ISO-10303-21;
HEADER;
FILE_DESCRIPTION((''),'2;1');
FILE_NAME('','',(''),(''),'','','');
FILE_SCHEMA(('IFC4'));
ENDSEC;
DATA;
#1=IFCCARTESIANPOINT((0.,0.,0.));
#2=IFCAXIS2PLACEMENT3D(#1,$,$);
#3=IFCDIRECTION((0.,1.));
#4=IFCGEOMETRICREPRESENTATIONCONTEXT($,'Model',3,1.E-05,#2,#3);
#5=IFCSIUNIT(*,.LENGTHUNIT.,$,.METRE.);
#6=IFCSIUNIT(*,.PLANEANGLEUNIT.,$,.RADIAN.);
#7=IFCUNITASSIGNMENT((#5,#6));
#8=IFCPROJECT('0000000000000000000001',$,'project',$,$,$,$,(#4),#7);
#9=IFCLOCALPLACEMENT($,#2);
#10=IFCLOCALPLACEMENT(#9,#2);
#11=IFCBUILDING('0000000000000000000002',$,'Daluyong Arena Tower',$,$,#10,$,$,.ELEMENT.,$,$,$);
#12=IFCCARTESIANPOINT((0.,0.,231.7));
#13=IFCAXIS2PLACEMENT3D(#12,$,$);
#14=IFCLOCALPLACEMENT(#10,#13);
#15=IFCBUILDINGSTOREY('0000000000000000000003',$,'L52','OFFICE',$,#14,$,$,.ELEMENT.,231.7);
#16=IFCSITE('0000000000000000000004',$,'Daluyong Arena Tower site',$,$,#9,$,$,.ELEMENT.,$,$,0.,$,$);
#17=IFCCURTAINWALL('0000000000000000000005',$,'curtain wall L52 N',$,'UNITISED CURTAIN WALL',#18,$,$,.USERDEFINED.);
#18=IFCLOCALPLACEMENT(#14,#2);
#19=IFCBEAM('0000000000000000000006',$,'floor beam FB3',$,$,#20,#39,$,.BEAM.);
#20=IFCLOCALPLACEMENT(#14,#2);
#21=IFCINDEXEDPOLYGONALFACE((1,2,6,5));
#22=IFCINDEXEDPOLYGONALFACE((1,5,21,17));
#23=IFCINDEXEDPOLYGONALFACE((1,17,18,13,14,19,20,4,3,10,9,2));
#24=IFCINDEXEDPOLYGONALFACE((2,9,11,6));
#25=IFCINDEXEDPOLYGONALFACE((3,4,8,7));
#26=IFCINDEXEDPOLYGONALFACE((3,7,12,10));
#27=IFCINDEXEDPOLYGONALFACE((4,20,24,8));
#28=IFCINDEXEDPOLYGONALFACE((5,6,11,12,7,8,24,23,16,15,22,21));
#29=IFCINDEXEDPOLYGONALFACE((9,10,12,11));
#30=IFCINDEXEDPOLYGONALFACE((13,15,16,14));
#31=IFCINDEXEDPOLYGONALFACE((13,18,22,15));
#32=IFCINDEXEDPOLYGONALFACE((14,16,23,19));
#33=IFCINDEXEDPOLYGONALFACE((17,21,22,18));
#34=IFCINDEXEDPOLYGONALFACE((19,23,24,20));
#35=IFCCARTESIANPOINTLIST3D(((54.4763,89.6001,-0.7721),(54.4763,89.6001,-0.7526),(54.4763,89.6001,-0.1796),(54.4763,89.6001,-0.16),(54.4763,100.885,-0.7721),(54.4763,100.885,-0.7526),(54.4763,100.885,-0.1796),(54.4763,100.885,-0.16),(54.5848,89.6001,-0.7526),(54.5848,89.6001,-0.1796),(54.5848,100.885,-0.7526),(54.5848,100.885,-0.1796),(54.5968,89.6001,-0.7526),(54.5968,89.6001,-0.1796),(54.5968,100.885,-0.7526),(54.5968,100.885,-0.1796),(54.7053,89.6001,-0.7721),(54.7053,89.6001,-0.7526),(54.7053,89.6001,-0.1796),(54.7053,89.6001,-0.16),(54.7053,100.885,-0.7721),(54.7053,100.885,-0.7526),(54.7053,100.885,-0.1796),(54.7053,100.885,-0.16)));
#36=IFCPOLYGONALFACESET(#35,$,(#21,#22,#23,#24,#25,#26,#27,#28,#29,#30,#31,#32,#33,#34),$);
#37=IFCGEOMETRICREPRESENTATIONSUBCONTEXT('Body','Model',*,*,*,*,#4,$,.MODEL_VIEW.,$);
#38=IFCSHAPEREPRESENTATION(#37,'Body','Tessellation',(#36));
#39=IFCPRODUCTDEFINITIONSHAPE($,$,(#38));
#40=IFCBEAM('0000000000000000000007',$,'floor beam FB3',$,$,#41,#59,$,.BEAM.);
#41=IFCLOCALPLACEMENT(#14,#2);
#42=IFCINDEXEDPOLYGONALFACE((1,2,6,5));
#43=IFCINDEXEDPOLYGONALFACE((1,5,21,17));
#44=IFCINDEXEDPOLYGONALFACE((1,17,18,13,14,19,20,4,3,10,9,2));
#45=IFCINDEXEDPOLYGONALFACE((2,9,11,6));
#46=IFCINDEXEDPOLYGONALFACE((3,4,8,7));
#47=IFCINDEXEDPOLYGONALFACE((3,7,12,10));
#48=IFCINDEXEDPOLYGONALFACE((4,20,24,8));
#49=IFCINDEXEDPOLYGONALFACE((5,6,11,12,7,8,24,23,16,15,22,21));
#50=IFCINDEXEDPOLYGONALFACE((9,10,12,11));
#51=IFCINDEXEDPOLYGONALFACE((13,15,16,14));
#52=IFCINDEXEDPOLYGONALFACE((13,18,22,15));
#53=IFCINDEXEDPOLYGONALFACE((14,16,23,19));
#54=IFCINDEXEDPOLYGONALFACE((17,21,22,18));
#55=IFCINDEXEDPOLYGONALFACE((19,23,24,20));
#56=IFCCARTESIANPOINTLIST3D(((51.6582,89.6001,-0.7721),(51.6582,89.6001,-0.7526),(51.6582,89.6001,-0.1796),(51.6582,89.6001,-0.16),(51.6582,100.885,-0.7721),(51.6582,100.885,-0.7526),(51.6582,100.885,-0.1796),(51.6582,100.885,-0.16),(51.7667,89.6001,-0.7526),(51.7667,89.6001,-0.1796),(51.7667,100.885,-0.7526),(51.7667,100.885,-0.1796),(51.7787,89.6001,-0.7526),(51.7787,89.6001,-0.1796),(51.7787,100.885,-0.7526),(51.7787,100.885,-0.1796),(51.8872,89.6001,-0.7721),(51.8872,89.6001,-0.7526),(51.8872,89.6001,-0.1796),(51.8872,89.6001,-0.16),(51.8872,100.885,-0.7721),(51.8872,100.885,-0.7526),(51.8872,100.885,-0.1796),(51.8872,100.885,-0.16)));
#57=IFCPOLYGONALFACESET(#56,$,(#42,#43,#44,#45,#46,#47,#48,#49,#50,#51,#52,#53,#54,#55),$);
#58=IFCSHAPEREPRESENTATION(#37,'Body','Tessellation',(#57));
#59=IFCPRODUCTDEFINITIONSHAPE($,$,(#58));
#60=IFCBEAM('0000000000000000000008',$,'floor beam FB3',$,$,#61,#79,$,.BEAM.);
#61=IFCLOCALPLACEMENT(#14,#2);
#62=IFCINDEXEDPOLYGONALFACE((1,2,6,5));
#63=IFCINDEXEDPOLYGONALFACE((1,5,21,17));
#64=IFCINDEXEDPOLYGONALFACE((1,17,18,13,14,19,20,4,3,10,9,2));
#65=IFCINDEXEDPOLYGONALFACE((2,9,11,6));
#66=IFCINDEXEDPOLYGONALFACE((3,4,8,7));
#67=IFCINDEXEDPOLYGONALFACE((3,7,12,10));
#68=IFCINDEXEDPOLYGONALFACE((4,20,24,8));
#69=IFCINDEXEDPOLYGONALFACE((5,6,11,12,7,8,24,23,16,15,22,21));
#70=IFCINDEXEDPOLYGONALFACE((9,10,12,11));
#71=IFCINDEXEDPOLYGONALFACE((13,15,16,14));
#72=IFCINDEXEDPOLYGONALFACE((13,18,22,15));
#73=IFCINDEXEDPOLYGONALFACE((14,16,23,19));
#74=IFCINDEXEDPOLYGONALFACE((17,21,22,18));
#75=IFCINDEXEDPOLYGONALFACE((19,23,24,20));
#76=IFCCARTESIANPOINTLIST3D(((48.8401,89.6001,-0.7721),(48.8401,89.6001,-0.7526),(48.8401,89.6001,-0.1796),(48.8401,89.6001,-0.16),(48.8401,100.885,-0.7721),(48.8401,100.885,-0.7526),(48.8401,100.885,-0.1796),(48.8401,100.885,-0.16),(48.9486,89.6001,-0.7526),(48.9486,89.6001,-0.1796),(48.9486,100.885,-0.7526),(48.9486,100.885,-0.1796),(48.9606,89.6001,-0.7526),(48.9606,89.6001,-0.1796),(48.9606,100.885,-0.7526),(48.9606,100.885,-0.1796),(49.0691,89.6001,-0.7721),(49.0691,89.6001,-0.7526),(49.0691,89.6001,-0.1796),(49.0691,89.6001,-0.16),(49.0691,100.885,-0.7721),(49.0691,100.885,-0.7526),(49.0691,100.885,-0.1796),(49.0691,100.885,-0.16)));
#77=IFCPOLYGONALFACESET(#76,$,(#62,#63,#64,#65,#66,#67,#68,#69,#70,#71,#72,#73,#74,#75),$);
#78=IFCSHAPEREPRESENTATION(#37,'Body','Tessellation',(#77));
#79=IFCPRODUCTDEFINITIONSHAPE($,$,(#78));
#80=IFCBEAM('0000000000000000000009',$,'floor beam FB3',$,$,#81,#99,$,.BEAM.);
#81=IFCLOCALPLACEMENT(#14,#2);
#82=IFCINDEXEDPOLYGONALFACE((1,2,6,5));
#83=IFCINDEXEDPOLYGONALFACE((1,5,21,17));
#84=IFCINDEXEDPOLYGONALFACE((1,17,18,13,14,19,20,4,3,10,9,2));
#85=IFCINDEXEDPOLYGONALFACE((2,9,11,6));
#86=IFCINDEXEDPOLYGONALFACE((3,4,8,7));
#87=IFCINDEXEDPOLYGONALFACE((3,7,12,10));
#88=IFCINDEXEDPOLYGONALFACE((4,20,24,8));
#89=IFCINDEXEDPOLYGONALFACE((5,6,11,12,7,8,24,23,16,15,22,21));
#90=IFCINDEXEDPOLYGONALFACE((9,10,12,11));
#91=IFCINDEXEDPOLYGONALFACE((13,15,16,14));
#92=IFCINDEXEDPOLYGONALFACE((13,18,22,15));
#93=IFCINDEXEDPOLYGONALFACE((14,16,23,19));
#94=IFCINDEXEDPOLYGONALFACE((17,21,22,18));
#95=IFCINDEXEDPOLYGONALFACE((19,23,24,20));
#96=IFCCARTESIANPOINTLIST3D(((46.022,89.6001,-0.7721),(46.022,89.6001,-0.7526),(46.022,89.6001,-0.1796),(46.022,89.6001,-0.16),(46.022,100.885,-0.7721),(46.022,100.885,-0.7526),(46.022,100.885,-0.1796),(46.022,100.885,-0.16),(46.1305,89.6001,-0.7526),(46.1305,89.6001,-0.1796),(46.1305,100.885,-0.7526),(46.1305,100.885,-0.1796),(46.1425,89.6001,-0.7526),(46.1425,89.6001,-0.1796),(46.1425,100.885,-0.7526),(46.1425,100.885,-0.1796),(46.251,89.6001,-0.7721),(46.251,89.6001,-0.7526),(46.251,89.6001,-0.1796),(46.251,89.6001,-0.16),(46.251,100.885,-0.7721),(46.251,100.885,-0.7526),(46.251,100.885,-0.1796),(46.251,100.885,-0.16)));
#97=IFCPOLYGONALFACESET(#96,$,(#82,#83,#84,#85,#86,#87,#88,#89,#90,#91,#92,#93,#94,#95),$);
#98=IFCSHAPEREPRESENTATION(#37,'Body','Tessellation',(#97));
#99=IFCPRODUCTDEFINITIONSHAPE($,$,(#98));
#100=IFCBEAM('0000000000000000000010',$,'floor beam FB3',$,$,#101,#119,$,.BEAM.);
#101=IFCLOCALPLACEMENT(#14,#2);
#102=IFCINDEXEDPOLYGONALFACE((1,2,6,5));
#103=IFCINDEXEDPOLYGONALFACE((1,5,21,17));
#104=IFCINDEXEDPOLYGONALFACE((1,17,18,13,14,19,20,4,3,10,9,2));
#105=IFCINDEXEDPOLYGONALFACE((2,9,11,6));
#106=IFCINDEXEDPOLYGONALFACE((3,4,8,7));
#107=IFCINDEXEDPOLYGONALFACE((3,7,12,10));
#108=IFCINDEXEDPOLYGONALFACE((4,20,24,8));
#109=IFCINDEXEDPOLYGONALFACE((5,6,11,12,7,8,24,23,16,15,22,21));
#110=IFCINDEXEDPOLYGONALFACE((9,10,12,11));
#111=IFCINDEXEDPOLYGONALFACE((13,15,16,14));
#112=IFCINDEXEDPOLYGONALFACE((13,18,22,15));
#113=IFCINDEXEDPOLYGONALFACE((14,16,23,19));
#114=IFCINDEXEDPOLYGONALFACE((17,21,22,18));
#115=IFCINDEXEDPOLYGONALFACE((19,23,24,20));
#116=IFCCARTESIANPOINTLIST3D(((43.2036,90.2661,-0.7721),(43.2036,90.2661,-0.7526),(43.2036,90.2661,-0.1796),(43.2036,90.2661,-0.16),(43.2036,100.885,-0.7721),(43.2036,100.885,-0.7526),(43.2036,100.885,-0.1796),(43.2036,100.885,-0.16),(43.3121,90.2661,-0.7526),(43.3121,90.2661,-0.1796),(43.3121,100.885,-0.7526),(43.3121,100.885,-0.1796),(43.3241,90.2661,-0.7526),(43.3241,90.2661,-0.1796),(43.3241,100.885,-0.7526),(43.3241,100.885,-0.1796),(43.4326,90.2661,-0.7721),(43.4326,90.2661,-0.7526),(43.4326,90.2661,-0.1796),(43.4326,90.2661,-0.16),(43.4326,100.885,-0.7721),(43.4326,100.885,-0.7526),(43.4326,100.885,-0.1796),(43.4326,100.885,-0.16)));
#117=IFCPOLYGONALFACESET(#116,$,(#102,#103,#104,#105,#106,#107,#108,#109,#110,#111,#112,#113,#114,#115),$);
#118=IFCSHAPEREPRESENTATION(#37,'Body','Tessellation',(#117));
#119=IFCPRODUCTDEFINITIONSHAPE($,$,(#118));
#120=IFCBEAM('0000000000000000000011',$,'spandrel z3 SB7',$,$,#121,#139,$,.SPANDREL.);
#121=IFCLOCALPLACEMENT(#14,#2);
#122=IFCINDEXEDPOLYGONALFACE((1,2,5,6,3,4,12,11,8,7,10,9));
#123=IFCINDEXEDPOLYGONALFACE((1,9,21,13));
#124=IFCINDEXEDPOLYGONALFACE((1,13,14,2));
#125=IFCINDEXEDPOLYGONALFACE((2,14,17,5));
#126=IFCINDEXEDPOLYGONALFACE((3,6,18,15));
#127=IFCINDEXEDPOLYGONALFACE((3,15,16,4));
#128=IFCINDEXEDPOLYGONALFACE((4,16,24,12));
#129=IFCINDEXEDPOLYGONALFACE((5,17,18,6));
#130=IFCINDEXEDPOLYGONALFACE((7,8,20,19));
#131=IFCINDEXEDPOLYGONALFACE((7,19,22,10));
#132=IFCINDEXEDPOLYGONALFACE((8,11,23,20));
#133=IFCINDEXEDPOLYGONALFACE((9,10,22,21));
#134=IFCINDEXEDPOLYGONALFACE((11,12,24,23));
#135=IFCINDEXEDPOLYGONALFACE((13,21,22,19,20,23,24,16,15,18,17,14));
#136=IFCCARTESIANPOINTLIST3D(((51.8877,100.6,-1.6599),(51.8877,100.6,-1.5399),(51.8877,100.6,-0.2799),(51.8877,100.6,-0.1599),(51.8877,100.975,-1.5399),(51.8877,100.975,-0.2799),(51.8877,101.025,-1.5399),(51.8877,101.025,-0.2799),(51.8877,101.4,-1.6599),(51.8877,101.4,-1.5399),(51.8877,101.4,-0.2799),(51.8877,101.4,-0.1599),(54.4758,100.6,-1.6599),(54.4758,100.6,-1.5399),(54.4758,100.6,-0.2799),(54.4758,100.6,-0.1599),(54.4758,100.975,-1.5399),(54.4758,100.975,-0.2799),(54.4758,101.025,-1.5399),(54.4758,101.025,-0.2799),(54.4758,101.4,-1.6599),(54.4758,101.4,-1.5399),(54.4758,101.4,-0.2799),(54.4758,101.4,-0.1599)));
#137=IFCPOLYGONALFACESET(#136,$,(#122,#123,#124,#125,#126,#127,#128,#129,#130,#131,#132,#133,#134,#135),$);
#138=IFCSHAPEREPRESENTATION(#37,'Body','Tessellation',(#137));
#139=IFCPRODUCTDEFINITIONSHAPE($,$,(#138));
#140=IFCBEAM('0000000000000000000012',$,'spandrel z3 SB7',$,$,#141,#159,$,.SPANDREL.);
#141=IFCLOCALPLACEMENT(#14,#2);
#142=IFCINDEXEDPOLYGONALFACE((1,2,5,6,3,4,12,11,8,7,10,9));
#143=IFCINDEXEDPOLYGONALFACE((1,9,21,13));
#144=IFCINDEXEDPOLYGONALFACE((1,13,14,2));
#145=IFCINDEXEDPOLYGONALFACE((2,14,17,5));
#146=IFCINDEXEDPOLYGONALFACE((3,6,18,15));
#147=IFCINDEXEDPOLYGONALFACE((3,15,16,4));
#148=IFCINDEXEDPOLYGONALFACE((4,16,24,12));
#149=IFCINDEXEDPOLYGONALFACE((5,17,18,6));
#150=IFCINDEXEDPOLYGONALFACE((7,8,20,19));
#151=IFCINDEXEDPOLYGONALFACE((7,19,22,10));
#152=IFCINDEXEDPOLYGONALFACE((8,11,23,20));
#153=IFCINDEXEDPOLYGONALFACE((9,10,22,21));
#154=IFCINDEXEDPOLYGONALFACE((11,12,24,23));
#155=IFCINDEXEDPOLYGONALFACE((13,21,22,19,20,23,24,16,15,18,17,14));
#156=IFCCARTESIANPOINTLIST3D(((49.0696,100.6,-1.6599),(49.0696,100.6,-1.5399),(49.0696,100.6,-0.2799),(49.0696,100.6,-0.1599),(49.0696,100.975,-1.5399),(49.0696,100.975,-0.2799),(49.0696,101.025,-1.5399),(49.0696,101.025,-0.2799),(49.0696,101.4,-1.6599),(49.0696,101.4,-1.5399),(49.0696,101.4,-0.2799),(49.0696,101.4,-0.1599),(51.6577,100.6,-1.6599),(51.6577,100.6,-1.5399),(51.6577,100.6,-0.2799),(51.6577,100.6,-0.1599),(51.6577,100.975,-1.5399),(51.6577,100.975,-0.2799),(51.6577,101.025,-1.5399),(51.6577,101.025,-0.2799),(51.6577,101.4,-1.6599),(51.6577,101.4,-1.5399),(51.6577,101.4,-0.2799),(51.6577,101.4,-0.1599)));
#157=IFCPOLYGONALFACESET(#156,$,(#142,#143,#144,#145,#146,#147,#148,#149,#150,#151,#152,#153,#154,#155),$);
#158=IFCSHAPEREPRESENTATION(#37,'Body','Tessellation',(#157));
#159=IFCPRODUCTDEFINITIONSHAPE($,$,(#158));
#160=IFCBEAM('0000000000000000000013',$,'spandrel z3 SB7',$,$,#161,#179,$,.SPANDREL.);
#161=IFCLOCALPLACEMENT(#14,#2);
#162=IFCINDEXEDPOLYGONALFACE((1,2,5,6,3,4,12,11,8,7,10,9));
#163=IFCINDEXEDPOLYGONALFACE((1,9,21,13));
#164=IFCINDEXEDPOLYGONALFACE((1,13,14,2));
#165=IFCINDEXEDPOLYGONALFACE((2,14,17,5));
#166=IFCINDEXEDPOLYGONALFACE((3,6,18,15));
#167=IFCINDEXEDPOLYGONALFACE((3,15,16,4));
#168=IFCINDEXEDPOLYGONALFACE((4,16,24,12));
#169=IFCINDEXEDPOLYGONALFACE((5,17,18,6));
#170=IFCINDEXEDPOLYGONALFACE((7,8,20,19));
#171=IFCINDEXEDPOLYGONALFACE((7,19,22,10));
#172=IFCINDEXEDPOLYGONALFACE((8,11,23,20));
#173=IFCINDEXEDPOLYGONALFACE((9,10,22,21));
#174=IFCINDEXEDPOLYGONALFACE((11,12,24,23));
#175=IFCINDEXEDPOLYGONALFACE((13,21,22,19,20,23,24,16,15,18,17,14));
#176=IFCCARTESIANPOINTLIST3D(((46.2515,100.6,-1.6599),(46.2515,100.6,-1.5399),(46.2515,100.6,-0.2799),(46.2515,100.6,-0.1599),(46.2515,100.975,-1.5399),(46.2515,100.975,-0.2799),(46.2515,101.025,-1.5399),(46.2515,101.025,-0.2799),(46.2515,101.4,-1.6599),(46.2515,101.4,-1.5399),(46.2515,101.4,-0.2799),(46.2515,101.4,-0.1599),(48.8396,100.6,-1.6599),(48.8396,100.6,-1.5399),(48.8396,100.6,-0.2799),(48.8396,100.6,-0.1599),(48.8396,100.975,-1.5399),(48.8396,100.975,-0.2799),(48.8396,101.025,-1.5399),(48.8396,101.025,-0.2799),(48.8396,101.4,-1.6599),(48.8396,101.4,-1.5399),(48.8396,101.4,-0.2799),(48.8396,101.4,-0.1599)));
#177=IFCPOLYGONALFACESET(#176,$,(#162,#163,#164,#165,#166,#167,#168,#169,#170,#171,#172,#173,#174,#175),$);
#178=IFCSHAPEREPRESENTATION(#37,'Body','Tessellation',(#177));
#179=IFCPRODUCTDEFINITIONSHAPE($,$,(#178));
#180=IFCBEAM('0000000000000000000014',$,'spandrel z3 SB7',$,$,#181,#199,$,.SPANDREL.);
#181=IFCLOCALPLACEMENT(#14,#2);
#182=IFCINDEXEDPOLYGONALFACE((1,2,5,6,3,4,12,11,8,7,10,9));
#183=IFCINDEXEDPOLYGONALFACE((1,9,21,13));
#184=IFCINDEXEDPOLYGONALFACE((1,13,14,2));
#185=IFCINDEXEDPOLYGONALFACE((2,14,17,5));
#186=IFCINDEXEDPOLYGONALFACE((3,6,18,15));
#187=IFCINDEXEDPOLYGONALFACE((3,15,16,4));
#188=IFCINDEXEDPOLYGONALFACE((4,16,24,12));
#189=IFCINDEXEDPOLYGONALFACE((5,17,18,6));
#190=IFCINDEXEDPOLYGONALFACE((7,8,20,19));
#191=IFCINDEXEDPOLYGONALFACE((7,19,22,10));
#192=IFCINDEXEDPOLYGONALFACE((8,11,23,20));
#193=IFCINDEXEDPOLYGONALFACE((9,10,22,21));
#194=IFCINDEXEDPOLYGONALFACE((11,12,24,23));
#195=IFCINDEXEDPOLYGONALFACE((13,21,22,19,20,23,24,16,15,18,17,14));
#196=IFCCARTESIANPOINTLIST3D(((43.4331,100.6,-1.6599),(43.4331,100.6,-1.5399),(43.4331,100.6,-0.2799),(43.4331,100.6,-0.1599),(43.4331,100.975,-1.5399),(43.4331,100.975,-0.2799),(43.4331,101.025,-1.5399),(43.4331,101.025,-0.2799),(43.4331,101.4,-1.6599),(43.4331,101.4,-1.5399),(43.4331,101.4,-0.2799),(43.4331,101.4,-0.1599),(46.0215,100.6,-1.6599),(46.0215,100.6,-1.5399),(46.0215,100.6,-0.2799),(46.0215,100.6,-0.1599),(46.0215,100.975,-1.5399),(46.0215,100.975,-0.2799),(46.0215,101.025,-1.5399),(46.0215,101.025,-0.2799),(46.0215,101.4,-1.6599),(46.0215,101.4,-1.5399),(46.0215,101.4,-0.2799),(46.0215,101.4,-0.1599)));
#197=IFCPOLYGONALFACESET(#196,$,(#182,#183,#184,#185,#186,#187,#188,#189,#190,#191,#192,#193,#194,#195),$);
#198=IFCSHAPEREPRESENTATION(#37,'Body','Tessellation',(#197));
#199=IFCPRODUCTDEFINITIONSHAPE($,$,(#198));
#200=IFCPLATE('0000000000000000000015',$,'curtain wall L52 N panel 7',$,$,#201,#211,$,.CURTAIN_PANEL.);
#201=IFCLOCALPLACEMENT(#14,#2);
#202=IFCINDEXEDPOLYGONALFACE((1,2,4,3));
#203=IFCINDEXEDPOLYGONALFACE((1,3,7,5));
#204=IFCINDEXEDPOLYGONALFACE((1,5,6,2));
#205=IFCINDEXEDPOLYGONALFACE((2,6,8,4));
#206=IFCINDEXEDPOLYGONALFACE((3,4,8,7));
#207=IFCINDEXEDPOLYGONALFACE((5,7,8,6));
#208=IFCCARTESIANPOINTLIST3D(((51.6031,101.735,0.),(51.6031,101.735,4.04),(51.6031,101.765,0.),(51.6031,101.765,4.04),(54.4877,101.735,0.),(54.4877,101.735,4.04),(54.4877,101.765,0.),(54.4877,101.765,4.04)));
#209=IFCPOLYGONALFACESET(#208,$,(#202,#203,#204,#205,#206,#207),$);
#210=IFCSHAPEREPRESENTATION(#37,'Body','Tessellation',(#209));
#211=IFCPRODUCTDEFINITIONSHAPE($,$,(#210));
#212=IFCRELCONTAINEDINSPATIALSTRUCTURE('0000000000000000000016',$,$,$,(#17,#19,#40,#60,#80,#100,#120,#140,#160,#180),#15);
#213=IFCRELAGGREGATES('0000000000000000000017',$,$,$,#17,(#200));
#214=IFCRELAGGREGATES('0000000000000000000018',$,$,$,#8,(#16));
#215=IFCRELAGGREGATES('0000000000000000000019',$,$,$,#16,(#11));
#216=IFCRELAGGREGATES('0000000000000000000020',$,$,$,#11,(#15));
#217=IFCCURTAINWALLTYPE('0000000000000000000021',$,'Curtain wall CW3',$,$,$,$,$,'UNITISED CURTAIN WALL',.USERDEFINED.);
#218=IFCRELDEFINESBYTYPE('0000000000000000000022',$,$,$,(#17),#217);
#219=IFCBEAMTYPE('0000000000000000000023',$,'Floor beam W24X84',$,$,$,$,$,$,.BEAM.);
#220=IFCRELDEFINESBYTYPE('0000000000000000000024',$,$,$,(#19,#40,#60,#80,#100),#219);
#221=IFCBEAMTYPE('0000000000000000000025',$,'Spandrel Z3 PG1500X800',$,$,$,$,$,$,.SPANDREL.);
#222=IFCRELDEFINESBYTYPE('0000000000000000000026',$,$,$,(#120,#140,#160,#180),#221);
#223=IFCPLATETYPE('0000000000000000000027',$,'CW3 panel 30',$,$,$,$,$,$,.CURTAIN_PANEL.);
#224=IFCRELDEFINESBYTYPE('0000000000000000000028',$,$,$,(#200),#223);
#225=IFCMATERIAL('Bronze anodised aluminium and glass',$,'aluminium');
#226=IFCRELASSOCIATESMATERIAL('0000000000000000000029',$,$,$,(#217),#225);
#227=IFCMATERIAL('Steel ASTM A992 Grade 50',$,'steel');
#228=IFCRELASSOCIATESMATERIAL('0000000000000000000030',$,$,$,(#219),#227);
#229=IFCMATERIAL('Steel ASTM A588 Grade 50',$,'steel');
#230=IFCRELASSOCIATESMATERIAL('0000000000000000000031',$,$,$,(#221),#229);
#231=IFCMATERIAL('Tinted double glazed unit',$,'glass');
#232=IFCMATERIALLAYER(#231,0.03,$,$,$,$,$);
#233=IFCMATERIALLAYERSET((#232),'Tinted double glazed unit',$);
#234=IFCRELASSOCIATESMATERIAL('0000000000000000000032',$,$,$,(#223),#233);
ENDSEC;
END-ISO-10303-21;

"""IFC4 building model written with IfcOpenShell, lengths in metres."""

from ifc_helpers import new_model, si_unit, direction, frame, origin, origin_2d, place, context, subcontext, project, spatial, rectangle, i_section, extrude, material, layer, layer_set, material_profile, profile_set, type_object, element, aggregate, save


model = new_model("IFC4")

# Units and contexts
model_context = context("Model", 3, precision=1e-05, world=origin(), true_north=direction((0.0, 1.0)))
body_context = subcontext(model_context, "Body", "Model", "MODEL_VIEW")
ifc_project = project(units=[si_unit("LENGTHUNIT", "METRE"), si_unit("PLANEANGLEUNIT", "RADIAN")], contexts=[model_context])

# Site, building, storey
site_placement = place(None, origin())
site = spatial("IfcSite", under=ifc_project, at=site_placement, Name="Daluyong Arena Tower site", CompositionType="ELEMENT", RefElevation=0.0)
building_placement = place(site_placement, origin())
building = spatial("IfcBuilding", under=site, at=building_placement, Name="Daluyong Arena Tower", CompositionType="ELEMENT")
storey_placement = place(building_placement, frame((0.0, 0.0, 231.7)))
storey = spatial("IfcBuildingStorey", under=building, at=storey_placement, Name="L52", Description="OFFICE", CompositionType="ELEMENT", Elevation=231.7)

# Curtain wall
ifc_material_1 = material(Name="Bronze anodised aluminium and glass", Category="aluminium")
curtain_wall_type = type_object("IfcCurtainWallType", Name="Curtain wall CW3", ElementType="UNITISED CURTAIN WALL", PredefinedType="USERDEFINED", material=ifc_material_1)
curtain_wall_placement = place(storey_placement, origin())
curtain_wall = element("IfcCurtainWall", 1, at=curtain_wall_placement, inside=storey, type_object=curtain_wall_type, Name="curtain wall L52 N", ObjectType="UNITISED CURTAIN WALL", PredefinedType="USERDEFINED")

# Beams
ifc_material_2 = material(Name="Steel ASTM A992 Grade 50", Category="steel")
ifc_material_profile_1 = material_profile(ifc_material_2, i_section(OverallWidth=0.229, OverallDepth=0.6121, WebThickness=0.012, FlangeThickness=0.0195, at=origin_2d()))
ifc_profile_set_1 = profile_set([ifc_material_profile_1], Name="Steel ASTM A992 Grade 50")
beam_type_1 = type_object("IfcBeamType", Name="Floor beam W24X84", PredefinedType="BEAM", material=ifc_profile_set_1)
for number, where, z_axis, x_axis, name in (
    (2, (54.5908, 100.885, -0.4661), (0.0, -1.0, 0.0), (1.0, 0.0, 0.0), "floor beam FB3"),
    (3, (51.7727, 100.885, -0.4661), (0.0, -1.0, 0.0), (1.0, 0.0, 0.0), "floor beam FB3"),
    (4, (48.9546, 100.885, -0.4661), (0.0, -1.0, 0.0), (1.0, 0.0, 0.0), "floor beam FB3"),
    (5, (46.1365, 100.885, -0.4661), (0.0, -1.0, 0.0), (1.0, 0.0, 0.0), "floor beam FB3"),
):
    element("IfcBeam", number, at=place(storey_placement, frame(where, z_axis=z_axis, x_axis=x_axis)), inside=storey, type_object=beam_type_1, Name=name, PredefinedType="BEAM", context=body_context, shape_type="SweptSolid", body=[
        extrude(i_section(OverallWidth=0.229, OverallDepth=0.6121, WebThickness=0.012, FlangeThickness=0.0195, at=origin_2d()), origin(), (0.0, 0.0, 1.0), 11.2849),
    ])
beam_1_placement = place(storey_placement, frame((43.3181, 100.885, -0.4661), z_axis=(0.0, -1.0, 0.0), x_axis=(1.0, 0.0, 0.0)))
element("IfcBeam", 6, at=beam_1_placement, inside=storey, type_object=beam_type_1, Name="floor beam FB3", PredefinedType="BEAM", context=body_context, shape_type="SweptSolid", body=[
    extrude(i_section(OverallWidth=0.229, OverallDepth=0.6121, WebThickness=0.012, FlangeThickness=0.0195, at=origin_2d()), origin(), (0.0, 0.0, 1.0), 10.6189),
])
ifc_material_3 = material(Name="Steel ASTM A588 Grade 50", Category="steel")
ifc_material_profile_2 = material_profile(ifc_material_3, i_section(OverallWidth=0.8, OverallDepth=1.5, WebThickness=0.05, FlangeThickness=0.12, at=origin_2d()))
ifc_profile_set_2 = profile_set([ifc_material_profile_2], Name="Steel ASTM A588 Grade 50")
beam_type_2 = type_object("IfcBeamType", Name="Spandrel Z3 PG1500X800", PredefinedType="SPANDREL", material=ifc_profile_set_2)
for number, where, z_axis, x_axis, name in (
    (7, (54.4758, 101.0, -0.9099), (-1.0, 0.0, 0.0), (0.0, -1.0, 0.0), "spandrel z3 SB7"),
    (8, (51.6577, 101.0, -0.9099), (-1.0, 0.0, 0.0), (0.0, -1.0, 0.0), "spandrel z3 SB7"),
    (9, (48.8396, 101.0, -0.9099), (-1.0, 0.0, 0.0), (0.0, -1.0, 0.0), "spandrel z3 SB7"),
):
    element("IfcBeam", number, at=place(storey_placement, frame(where, z_axis=z_axis, x_axis=x_axis)), inside=storey, type_object=beam_type_2, Name=name, PredefinedType="SPANDREL", context=body_context, shape_type="SweptSolid", body=[
        extrude(i_section(OverallWidth=0.8, OverallDepth=1.5, WebThickness=0.05, FlangeThickness=0.12, at=origin_2d()), origin(), (0.0, 0.0, 1.0), 2.5881),
    ])
beam_2_placement = place(storey_placement, frame((46.0215, 101.0, -0.9099), z_axis=(-1.0, 0.0, 0.0), x_axis=(0.0, -1.0, 0.0)))
element("IfcBeam", 10, at=beam_2_placement, inside=storey, type_object=beam_type_2, Name="spandrel z3 SB7", PredefinedType="SPANDREL", context=body_context, shape_type="SweptSolid", body=[
    extrude(i_section(OverallWidth=0.8, OverallDepth=1.5, WebThickness=0.05, FlangeThickness=0.12, at=origin_2d()), origin(), (0.0, 0.0, 1.0), 2.5884),
])

# Plate
ifc_material_4 = material(Name="Tinted double glazed unit", Category="glass")
ifc_layer_1 = layer(ifc_material_4, 0.03)
ifc_layer_set_1 = layer_set([ifc_layer_1], Name="Tinted double glazed unit")
plate_type = type_object("IfcPlateType", Name="CW3 panel 30", PredefinedType="CURTAIN_PANEL", material=ifc_layer_set_1)
plate_1_placement = place(storey_placement, frame((53.0454, 101.75, 0.0), z_axis=(0.0, 0.0, 1.0), x_axis=(-1.0, 0.0, 0.0)))
plate_1 = element("IfcPlate", 11, at=plate_1_placement, type_object=plate_type, Name="curtain wall L52 N panel 7", PredefinedType="CURTAIN_PANEL", context=body_context, shape_type="SweptSolid", body=[
    extrude(rectangle(XDim=2.8845, YDim=0.03, at=origin_2d()), origin(), (0.0, 0.0, 1.0), 4.04),
])
aggregate(curtain_wall, [plate_1])

save(model, "model.ifc")
